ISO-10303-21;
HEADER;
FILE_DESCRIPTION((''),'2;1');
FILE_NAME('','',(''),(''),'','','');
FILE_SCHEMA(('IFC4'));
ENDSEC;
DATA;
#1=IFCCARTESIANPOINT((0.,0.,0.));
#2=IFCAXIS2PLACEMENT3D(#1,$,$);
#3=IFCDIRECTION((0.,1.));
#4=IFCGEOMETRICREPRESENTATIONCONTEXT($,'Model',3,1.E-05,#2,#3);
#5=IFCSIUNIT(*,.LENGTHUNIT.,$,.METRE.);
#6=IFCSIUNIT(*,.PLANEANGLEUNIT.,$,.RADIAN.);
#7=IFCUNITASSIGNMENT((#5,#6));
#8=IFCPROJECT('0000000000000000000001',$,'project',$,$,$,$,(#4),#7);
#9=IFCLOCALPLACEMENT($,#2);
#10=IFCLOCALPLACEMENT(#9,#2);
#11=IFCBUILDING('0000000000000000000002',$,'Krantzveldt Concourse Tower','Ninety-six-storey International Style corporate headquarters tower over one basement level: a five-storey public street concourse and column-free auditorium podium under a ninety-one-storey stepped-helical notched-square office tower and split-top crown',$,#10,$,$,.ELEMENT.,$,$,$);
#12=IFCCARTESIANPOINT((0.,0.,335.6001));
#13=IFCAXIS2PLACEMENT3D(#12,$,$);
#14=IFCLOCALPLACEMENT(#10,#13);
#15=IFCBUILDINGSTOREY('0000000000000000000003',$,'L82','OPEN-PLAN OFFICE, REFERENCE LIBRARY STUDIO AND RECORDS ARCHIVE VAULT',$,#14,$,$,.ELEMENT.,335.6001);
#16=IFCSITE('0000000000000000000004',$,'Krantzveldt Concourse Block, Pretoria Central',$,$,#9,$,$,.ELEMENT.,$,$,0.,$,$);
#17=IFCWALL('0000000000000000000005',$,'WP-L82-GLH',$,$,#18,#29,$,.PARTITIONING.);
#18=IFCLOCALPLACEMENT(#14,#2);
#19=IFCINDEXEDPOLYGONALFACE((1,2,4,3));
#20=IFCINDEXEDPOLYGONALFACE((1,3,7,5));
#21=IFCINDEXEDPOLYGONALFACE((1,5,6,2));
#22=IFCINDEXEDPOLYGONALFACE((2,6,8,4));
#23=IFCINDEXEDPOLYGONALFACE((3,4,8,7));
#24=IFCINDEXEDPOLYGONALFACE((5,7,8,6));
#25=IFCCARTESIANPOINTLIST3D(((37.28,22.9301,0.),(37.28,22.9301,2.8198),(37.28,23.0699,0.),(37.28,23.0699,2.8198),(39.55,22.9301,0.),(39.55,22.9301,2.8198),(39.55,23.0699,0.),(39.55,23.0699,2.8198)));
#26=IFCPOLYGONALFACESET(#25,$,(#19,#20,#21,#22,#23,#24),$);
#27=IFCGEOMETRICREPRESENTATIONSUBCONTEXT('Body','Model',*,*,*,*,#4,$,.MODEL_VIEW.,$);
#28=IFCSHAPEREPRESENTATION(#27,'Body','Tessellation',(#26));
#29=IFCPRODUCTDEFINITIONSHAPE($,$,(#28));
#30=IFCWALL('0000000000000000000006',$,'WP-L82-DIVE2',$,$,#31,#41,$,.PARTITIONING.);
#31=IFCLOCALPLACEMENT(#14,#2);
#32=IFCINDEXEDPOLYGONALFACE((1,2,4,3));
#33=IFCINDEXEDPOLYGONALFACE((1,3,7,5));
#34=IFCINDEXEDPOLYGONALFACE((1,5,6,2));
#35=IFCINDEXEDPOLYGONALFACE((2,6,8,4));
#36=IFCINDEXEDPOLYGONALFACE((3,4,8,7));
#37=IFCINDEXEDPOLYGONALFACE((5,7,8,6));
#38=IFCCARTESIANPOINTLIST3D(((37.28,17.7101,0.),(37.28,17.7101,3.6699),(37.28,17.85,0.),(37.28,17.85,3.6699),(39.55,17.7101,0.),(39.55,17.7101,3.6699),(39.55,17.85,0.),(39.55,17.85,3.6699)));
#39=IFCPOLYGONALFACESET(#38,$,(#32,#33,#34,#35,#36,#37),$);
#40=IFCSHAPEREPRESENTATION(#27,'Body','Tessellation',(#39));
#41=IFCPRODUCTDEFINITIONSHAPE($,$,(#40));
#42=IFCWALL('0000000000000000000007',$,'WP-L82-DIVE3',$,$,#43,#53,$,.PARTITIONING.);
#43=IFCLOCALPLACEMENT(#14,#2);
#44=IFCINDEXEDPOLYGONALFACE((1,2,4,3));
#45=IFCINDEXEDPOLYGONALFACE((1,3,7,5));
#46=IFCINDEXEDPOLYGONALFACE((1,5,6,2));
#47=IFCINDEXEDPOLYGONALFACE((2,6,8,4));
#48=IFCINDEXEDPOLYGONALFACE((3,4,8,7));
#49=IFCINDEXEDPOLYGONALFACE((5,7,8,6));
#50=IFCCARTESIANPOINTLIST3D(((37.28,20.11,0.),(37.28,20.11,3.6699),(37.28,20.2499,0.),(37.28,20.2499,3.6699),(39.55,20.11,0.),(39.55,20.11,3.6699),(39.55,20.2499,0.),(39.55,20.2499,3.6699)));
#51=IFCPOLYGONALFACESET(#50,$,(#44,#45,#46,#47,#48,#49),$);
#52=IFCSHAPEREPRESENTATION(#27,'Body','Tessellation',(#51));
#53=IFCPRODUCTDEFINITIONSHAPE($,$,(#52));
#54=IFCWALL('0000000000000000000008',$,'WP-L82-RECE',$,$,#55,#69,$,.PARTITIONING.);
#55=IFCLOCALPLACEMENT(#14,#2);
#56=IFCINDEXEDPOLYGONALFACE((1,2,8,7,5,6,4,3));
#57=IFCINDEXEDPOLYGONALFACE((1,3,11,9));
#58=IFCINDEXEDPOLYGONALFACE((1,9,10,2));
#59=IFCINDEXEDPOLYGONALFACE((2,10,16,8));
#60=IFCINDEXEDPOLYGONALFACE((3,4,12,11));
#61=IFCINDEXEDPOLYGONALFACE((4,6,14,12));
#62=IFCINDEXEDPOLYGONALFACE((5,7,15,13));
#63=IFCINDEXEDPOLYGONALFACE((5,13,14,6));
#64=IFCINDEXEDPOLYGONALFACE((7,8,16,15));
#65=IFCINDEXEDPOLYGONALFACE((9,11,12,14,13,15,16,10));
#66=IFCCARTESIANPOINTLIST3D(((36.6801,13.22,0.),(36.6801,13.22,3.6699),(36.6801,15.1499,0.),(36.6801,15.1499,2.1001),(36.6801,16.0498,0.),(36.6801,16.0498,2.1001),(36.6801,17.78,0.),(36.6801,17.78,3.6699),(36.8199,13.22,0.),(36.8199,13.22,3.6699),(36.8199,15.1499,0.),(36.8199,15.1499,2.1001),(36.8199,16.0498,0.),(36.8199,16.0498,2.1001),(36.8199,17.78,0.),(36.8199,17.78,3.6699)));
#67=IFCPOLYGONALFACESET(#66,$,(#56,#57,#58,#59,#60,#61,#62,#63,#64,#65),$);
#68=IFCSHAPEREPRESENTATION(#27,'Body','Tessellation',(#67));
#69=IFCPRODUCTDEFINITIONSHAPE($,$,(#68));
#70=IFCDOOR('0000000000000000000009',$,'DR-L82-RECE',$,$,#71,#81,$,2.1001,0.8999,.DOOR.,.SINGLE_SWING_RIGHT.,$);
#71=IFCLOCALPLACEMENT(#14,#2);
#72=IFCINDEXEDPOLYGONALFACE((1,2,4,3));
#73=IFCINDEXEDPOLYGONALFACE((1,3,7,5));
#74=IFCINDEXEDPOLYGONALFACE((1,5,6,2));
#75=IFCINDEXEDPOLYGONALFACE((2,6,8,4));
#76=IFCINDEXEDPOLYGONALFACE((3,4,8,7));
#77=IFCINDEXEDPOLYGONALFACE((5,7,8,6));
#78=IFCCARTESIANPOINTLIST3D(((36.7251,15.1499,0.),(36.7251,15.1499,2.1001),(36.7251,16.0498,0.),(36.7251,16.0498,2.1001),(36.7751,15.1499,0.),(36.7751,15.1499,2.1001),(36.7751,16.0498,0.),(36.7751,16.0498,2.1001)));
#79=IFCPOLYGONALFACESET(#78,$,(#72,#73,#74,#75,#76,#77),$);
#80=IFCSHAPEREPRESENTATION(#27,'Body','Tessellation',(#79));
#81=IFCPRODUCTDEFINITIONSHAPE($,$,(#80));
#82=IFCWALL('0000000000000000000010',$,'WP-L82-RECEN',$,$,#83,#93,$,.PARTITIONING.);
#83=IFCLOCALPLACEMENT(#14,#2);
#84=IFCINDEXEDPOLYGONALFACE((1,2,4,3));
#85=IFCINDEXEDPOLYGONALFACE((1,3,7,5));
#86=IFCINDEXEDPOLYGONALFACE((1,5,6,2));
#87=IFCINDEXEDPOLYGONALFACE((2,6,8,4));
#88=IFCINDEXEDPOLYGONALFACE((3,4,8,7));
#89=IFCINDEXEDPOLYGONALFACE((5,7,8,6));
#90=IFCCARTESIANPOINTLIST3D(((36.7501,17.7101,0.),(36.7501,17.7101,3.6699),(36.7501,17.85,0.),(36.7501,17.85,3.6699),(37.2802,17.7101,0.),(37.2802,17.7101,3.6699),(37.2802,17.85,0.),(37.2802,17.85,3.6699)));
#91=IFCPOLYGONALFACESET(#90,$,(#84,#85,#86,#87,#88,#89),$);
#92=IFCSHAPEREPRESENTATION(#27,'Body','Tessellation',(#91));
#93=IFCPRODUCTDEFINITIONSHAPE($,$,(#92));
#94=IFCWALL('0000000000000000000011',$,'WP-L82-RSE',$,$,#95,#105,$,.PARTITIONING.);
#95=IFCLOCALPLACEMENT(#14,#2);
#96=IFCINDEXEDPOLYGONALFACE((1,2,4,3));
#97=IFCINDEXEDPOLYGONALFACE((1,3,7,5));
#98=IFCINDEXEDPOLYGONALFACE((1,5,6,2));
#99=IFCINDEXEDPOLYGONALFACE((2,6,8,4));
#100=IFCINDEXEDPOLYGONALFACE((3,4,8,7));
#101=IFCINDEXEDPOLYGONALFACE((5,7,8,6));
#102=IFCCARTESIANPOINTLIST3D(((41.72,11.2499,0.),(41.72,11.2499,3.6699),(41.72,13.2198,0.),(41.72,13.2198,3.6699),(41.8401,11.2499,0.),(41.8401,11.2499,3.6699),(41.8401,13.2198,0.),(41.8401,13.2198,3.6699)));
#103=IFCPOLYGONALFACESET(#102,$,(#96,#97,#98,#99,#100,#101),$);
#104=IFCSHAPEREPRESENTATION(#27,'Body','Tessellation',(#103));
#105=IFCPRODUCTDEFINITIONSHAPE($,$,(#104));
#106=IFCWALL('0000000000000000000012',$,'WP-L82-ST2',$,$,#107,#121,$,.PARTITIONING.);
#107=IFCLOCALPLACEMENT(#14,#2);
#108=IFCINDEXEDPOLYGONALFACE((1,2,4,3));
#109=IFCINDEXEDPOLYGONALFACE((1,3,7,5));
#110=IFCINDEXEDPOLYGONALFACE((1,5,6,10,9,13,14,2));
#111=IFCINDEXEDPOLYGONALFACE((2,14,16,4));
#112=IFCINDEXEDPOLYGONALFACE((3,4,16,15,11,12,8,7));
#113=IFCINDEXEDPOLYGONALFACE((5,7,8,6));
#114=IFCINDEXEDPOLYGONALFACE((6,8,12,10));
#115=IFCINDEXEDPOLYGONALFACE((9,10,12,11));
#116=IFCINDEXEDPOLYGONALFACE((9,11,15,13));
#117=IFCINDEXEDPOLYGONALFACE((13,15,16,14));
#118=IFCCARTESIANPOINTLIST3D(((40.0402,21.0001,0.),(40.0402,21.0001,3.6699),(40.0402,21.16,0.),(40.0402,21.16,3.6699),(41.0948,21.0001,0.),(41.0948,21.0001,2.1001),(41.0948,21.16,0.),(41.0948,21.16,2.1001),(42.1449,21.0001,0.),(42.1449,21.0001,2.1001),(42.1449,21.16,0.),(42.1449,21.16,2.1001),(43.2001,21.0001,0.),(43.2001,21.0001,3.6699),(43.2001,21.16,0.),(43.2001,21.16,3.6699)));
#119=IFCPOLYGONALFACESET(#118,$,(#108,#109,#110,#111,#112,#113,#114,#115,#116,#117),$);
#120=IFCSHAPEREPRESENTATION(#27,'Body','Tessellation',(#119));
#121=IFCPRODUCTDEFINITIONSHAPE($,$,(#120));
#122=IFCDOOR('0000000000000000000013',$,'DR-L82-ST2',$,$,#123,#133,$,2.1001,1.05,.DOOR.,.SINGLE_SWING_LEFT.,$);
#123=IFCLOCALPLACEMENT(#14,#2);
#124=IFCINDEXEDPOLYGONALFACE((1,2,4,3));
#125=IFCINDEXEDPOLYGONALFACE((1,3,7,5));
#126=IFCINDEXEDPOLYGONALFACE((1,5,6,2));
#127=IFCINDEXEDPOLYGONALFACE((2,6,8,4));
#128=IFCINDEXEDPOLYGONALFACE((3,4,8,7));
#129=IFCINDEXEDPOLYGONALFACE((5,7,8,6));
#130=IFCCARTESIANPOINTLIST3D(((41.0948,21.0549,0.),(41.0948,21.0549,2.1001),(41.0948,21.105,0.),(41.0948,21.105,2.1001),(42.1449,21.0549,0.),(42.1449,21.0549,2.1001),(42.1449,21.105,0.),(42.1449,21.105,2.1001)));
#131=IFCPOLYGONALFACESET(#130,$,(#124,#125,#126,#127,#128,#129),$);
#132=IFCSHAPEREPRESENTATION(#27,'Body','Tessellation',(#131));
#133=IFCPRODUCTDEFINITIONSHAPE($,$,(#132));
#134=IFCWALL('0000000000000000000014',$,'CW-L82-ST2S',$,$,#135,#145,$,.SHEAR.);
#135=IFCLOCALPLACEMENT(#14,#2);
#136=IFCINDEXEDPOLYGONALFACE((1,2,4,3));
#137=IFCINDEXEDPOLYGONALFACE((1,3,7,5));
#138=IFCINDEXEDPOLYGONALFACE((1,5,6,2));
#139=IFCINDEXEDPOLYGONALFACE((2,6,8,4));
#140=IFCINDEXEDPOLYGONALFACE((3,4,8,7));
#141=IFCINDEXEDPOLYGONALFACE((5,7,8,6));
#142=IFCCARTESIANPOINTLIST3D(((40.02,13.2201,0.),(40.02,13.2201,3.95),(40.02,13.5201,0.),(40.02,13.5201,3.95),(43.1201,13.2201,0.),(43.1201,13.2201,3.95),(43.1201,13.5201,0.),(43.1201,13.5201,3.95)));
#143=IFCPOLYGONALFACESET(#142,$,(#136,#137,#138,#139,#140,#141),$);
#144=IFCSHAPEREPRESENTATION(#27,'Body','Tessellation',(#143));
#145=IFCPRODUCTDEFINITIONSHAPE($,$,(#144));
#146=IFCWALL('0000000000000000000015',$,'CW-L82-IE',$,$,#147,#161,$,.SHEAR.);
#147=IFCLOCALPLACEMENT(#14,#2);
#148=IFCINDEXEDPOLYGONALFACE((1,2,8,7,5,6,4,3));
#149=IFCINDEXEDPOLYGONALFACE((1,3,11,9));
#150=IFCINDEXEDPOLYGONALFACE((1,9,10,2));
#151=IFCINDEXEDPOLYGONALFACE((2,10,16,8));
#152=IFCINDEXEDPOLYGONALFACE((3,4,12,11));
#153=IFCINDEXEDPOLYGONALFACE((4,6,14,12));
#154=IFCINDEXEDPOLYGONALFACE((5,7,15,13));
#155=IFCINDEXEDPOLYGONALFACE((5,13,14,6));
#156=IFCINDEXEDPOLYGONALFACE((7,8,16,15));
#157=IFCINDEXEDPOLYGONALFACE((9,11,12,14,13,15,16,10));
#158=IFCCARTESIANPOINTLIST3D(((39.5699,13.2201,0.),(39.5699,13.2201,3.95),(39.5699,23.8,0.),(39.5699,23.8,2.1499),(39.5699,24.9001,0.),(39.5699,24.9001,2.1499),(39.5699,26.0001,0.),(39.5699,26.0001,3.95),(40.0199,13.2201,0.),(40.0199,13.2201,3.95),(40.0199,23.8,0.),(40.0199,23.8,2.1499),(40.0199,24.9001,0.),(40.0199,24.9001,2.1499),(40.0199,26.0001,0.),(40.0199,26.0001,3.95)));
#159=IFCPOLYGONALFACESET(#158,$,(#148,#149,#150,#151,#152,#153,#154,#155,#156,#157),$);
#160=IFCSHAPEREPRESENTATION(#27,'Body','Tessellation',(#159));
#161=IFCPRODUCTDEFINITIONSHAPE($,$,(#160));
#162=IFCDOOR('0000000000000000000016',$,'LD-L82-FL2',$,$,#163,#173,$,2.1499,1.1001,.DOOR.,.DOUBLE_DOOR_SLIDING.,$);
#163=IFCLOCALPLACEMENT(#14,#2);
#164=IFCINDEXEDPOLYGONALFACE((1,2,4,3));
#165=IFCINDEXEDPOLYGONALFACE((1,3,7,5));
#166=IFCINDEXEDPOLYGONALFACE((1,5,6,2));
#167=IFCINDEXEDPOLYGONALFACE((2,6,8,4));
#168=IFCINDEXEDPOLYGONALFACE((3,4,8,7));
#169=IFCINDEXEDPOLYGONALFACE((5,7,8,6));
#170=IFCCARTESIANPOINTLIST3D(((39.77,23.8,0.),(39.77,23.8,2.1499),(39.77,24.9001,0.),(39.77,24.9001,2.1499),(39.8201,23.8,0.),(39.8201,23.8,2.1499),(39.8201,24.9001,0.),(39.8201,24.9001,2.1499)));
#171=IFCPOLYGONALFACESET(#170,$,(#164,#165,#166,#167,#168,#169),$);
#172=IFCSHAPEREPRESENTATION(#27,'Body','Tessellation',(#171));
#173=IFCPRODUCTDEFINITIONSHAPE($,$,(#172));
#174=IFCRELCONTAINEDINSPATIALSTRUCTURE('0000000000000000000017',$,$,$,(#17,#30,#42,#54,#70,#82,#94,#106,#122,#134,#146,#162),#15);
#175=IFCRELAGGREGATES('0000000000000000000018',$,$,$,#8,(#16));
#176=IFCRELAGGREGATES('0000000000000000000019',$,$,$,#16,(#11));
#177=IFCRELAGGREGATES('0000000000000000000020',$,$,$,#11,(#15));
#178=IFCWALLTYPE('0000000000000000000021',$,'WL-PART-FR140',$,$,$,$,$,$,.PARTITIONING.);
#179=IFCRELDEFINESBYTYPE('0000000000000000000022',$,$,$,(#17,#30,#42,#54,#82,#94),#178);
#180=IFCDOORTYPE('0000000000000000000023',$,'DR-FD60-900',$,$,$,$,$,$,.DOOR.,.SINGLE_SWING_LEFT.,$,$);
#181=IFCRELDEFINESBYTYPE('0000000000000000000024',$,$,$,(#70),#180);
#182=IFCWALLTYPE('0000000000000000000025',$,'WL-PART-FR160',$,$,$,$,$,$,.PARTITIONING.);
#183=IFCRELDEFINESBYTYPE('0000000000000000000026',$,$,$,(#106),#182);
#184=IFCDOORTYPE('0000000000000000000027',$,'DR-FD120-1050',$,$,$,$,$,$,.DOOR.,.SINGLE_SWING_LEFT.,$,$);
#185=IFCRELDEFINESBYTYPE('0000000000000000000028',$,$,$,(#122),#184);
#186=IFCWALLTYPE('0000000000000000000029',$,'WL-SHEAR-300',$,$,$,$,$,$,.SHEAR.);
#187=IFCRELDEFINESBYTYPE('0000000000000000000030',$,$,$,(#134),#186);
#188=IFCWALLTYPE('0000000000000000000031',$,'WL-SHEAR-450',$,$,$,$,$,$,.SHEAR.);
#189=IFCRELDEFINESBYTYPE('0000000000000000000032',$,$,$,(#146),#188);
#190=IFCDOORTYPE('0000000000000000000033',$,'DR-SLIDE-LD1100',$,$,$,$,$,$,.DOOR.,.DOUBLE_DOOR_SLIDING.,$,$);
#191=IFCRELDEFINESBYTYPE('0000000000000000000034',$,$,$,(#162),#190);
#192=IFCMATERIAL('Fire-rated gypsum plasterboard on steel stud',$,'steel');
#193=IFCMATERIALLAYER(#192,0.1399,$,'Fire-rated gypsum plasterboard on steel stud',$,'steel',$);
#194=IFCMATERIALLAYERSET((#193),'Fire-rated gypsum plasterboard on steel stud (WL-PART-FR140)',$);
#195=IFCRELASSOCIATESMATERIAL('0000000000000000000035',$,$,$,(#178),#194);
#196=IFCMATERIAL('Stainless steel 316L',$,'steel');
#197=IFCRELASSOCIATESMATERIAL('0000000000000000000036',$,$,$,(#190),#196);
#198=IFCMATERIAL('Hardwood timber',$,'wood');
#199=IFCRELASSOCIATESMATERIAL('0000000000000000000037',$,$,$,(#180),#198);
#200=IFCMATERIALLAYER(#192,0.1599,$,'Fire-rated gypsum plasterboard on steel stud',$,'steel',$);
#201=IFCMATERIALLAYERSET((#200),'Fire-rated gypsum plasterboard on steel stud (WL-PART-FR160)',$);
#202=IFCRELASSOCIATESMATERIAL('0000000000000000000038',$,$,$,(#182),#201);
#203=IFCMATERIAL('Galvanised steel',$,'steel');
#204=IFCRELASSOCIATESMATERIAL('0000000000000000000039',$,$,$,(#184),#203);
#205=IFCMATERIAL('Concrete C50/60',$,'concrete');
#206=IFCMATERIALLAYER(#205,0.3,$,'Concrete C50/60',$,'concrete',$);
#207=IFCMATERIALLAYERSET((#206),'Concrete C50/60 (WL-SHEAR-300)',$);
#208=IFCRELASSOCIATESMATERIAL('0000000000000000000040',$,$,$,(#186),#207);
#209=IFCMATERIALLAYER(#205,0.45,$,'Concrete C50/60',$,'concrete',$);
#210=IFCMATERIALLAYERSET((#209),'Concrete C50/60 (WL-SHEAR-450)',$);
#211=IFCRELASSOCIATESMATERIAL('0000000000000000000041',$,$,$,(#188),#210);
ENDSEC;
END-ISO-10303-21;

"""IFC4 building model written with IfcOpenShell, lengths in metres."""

from ifc_helpers import new_model, si_unit, direction, frame, frame_2d, origin, place, context, subcontext, project, spatial, rectangle, extrude, material, layer, layer_set, type_object, element, fill, save


model = new_model("IFC4")

# Units and contexts
model_context = context("Model", 3, precision=1e-05, world=origin(), true_north=direction((0.0, 1.0)))
body_context = subcontext(model_context, "Body", "Model", "MODEL_VIEW")
ifc_project = project(units=[si_unit("LENGTHUNIT", "METRE"), si_unit("PLANEANGLEUNIT", "RADIAN")], contexts=[model_context])

# Site, building, storey
site_placement = place(None, origin())
site = spatial("IfcSite", under=ifc_project, at=site_placement, Name="Krantzveldt Concourse Block, Pretoria Central", CompositionType="ELEMENT", RefElevation=0.0)
building_placement = place(site_placement, origin())
building = spatial("IfcBuilding", under=site, at=building_placement, Name="Krantzveldt Concourse Tower", Description="Ninety-six-storey International Style corporate headquarters tower over one basement level: a five-storey public street concourse and column-free auditorium podium under a ninety-one-storey stepped-helical notched-square office tower and split-top crown", CompositionType="ELEMENT")
storey_placement = place(building_placement, frame((0.0, 0.0, 335.6001)))
storey = spatial("IfcBuildingStorey", under=building, at=storey_placement, Name="L82", Description="OPEN-PLAN OFFICE, REFERENCE LIBRARY STUDIO AND RECORDS ARCHIVE VAULT", CompositionType="ELEMENT", Elevation=335.6001)

# Shared definitions
ifc_material_1 = material(Name="Fire-rated gypsum plasterboard on steel stud", Category="steel")
ifc_material_2 = material(Name="Hardwood timber", Category="wood")

# Shared definitions
ifc_layer_1 = layer(ifc_material_1, 0.1399, Name="Fire-rated gypsum plasterboard on steel stud", Category="steel")
ifc_layer_set_1 = layer_set([ifc_layer_1], Name="Fire-rated gypsum plasterboard on steel stud (WL-PART-FR140)")
wall_type_1 = type_object("IfcWallType", Name="WL-PART-FR140", PredefinedType="PARTITIONING", material=ifc_layer_set_1)
ifc_material_3 = material(Name="Stainless steel 316L", Category="steel")
door_type_1 = type_object("IfcDoorType", Name="DR-SLIDE-LD1100", OperationType="DOUBLE_DOOR_SLIDING", PredefinedType="DOOR", material=ifc_material_3)

# Wall
wall_1_placement = place(storey_placement, frame((37.28, 23.0, 0.0), z_axis=(0.0, 0.0, 1.0), x_axis=(1.0, 0.0, 0.0)))
element("IfcWall", 1, at=wall_1_placement, inside=storey, type_object=wall_type_1, Name="WP-L82-GLH", PredefinedType="PARTITIONING", context=body_context, shape_type="SweptSolid", body=[
    extrude(rectangle(XDim=2.27, YDim=0.1399, at=frame_2d((1.135, 0.0))), origin(), (0.0, 0.0, 1.0), 2.8198),
])

# Walls
for number, where, z_axis, x_axis, name in (
    (2, (37.28, 17.78, 0.0), (0.0, 0.0, 1.0), (1.0, 0.0, 0.0), "WP-L82-DIVE2"),
    (3, (37.28, 20.1799, 0.0), (0.0, 0.0, 1.0), (1.0, 0.0, 0.0), "WP-L82-DIVE3"),
):
    element("IfcWall", number, at=place(storey_placement, frame(where, z_axis=z_axis, x_axis=x_axis)), inside=storey, type_object=wall_type_1, Name=name, PredefinedType="PARTITIONING", context=body_context, shape_type="SweptSolid", body=[
        extrude(rectangle(XDim=2.27, YDim=0.1399, at=frame_2d((1.135, 0.0))), origin(), (0.0, 0.0, 1.0), 3.6699),
    ])

# Wall, opening, door
wall_2_placement = place(storey_placement, frame((36.75, 13.22, 0.0), z_axis=(0.0, 0.0, 1.0), x_axis=(0.0, 1.0, 0.0)))
wall_2 = element("IfcWall", 4, at=wall_2_placement, inside=storey, type_object=wall_type_1, Name="WP-L82-RECE", PredefinedType="PARTITIONING", context=body_context, shape_type="SweptSolid", body=[
    extrude(rectangle(XDim=4.5601, YDim=0.1399, at=frame_2d((2.28, 0.0))), origin(), (0.0, 0.0, 1.0), 3.6699),
])
opening_1_placement = place(wall_2_placement, frame((1.9299, 0.0, 0.0)))
opening_1 = element("IfcOpeningElement", 5, at=opening_1_placement, cuts=wall_2, PredefinedType="OPENING", context=body_context, shape_type="SweptSolid", body=[
    extrude(rectangle(XDim=0.8999, YDim=2.1001, at=frame_2d((0.45, 1.05))), frame((0.0, 0.0801, 0.0), z_axis=(0.0, -1.0, 0.0), x_axis=(1.0, 0.0, 0.0)), (0.0, 0.0, 1.0), 0.1599),
])
door_type_2 = type_object("IfcDoorType", Name="DR-FD60-900", OperationType="SINGLE_SWING_LEFT", PredefinedType="DOOR", material=ifc_material_2)
door_1_placement = place(opening_1_placement, origin())
door_1 = element("IfcDoor", 6, at=door_1_placement, inside=storey, type_object=door_type_2, Name="DR-L82-RECE", OperationType="SINGLE_SWING_RIGHT", OverallHeight=2.1001, OverallWidth=0.8999, PredefinedType="DOOR", context=body_context, shape_type="SweptSolid", body=[
    extrude(rectangle(XDim=0.8999, YDim=2.1001, at=frame_2d((0.45, 1.05))), frame((0.0, 0.0249, 0.0), z_axis=(0.0, -1.0, 0.0), x_axis=(1.0, 0.0, 0.0)), (0.0, 0.0, 1.0), 0.05),
])
fill(opening_1, door_1)

# Walls
wall_3_placement = place(storey_placement, frame((36.75, 17.78, 0.0), z_axis=(0.0, 0.0, 1.0), x_axis=(1.0, 0.0, 0.0)))
element("IfcWall", 7, at=wall_3_placement, inside=storey, type_object=wall_type_1, Name="WP-L82-RECEN", PredefinedType="PARTITIONING", context=body_context, shape_type="SweptSolid", body=[
    extrude(rectangle(XDim=0.53, YDim=0.1399, at=frame_2d((0.2651, 0.0))), origin(), (0.0, 0.0, 1.0), 3.6699),
])
wall_4_placement = place(storey_placement, frame((41.78, 11.25, 0.0), z_axis=(0.0, 0.0, 1.0), x_axis=(0.0, 1.0, 0.0)))
element("IfcWall", 8, at=wall_4_placement, inside=storey, type_object=wall_type_1, Name="WP-L82-RSE", PredefinedType="PARTITIONING", context=body_context, shape_type="SweptSolid", body=[
    extrude(rectangle(XDim=1.97, YDim=0.1201, at=frame_2d((0.9849, 0.0))), origin(), (0.0, 0.0, 1.0), 3.6699),
])

# Wall, opening, door
ifc_layer_2 = layer(ifc_material_1, 0.1599, Name="Fire-rated gypsum plasterboard on steel stud", Category="steel")
ifc_layer_set_2 = layer_set([ifc_layer_2], Name="Fire-rated gypsum plasterboard on steel stud (WL-PART-FR160)")
wall_type_2 = type_object("IfcWallType", Name="WL-PART-FR160", PredefinedType="PARTITIONING", material=ifc_layer_set_2)
wall_5_placement = place(storey_placement, frame((40.04, 21.0801, 0.0), z_axis=(0.0, 0.0, 1.0), x_axis=(1.0, 0.0, 0.0)))
wall_5 = element("IfcWall", 9, at=wall_5_placement, inside=storey, type_object=wall_type_2, Name="WP-L82-ST2", PredefinedType="PARTITIONING", context=body_context, shape_type="SweptSolid", body=[
    extrude(rectangle(XDim=3.1599, YDim=0.1599, at=frame_2d((1.5801, 0.0))), origin(), (0.0, 0.0, 1.0), 3.6699),
])
opening_2_placement = place(wall_5_placement, frame((1.0549, 0.0, 0.0)))
opening_2 = element("IfcOpeningElement", 10, at=opening_2_placement, cuts=wall_5, PredefinedType="OPENING", context=body_context, shape_type="SweptSolid", body=[
    extrude(rectangle(XDim=1.05, YDim=2.1001, at=frame_2d((0.5249, 1.05))), frame((0.0, 0.0898, 0.0), z_axis=(0.0, -1.0, 0.0), x_axis=(1.0, 0.0, 0.0)), (0.0, 0.0, 1.0), 0.1799),
])
ifc_material_4 = material(Name="Galvanised steel", Category="steel")
door_type_3 = type_object("IfcDoorType", Name="DR-FD120-1050", OperationType="SINGLE_SWING_LEFT", PredefinedType="DOOR", material=ifc_material_4)
door_2_placement = place(opening_2_placement, origin())
door_2 = element("IfcDoor", 11, at=door_2_placement, inside=storey, type_object=door_type_3, Name="DR-L82-ST2", OperationType="SINGLE_SWING_LEFT", OverallHeight=2.1001, OverallWidth=1.05, PredefinedType="DOOR", context=body_context, shape_type="SweptSolid", body=[
    extrude(rectangle(XDim=1.05, YDim=2.1001, at=frame_2d((0.5249, 1.05))), frame((0.0, 0.0249, 0.0), z_axis=(0.0, -1.0, 0.0), x_axis=(1.0, 0.0, 0.0)), (0.0, 0.0, 1.0), 0.05),
])
fill(opening_2, door_2)

# Wall
ifc_material_5 = material(Name="Concrete C50/60", Category="concrete")
ifc_layer_3 = layer(ifc_material_5, 0.3, Name="Concrete C50/60", Category="concrete")
ifc_layer_set_3 = layer_set([ifc_layer_3], Name="Concrete C50/60 (WL-SHEAR-300)")
wall_type_3 = type_object("IfcWallType", Name="WL-SHEAR-300", PredefinedType="SHEAR", material=ifc_layer_set_3)
wall_6_placement = place(storey_placement, frame((40.02, 13.3701, 0.0), z_axis=(0.0, 0.0, 1.0), x_axis=(1.0, 0.0, 0.0)))
element("IfcWall", 12, at=wall_6_placement, inside=storey, type_object=wall_type_3, Name="CW-L82-ST2S", PredefinedType="SHEAR", context=body_context, shape_type="SweptSolid", body=[
    extrude(rectangle(XDim=3.1001, YDim=0.3, at=frame_2d((1.55, 0.0))), origin(), (0.0, 0.0, 1.0), 3.95),
])

# Wall, opening, door
ifc_layer_4 = layer(ifc_material_5, 0.45, Name="Concrete C50/60", Category="concrete")
ifc_layer_set_4 = layer_set([ifc_layer_4], Name="Concrete C50/60 (WL-SHEAR-450)")
wall_type_4 = type_object("IfcWallType", Name="WL-SHEAR-450", PredefinedType="SHEAR", material=ifc_layer_set_4)
wall_7_placement = place(storey_placement, frame((39.7949, 13.22, 0.0), z_axis=(0.0, 0.0, 1.0), x_axis=(0.0, 1.0, 0.0)))
wall_7 = element("IfcWall", 13, at=wall_7_placement, inside=storey, type_object=wall_type_4, Name="CW-L82-IE", PredefinedType="SHEAR", context=body_context, shape_type="SweptSolid", body=[
    extrude(rectangle(XDim=12.78, YDim=0.45, at=frame_2d((6.3901, 0.0))), origin(), (0.0, 0.0, 1.0), 3.95),
])
opening_3_placement = place(wall_7_placement, frame((10.5801, 0.0, 0.0)))
opening_3 = element("IfcOpeningElement", 14, at=opening_3_placement, cuts=wall_7, PredefinedType="OPENING", context=body_context, shape_type="SweptSolid", body=[
    extrude(rectangle(XDim=1.1001, YDim=2.1499, at=frame_2d((0.55, 1.075))), frame((0.0, 0.2349, 0.0), z_axis=(0.0, -1.0, 0.0), x_axis=(1.0, 0.0, 0.0)), (0.0, 0.0, 1.0), 0.47),
])
door_3_placement = place(opening_3_placement, origin())
door_3 = element("IfcDoor", 15, at=door_3_placement, inside=storey, type_object=door_type_1, Name="LD-L82-FL2", OperationType="DOUBLE_DOOR_SLIDING", OverallHeight=2.1499, OverallWidth=1.1001, PredefinedType="DOOR", context=body_context, shape_type="SweptSolid", body=[
    extrude(rectangle(XDim=1.1001, YDim=2.1499, at=frame_2d((0.55, 1.075))), frame((0.0, 0.0249, 0.0), z_axis=(0.0, -1.0, 0.0), x_axis=(1.0, 0.0, 0.0)), (0.0, 0.0, 1.0), 0.05),
])
fill(opening_3, door_3)

save(model, "model.ifc")
